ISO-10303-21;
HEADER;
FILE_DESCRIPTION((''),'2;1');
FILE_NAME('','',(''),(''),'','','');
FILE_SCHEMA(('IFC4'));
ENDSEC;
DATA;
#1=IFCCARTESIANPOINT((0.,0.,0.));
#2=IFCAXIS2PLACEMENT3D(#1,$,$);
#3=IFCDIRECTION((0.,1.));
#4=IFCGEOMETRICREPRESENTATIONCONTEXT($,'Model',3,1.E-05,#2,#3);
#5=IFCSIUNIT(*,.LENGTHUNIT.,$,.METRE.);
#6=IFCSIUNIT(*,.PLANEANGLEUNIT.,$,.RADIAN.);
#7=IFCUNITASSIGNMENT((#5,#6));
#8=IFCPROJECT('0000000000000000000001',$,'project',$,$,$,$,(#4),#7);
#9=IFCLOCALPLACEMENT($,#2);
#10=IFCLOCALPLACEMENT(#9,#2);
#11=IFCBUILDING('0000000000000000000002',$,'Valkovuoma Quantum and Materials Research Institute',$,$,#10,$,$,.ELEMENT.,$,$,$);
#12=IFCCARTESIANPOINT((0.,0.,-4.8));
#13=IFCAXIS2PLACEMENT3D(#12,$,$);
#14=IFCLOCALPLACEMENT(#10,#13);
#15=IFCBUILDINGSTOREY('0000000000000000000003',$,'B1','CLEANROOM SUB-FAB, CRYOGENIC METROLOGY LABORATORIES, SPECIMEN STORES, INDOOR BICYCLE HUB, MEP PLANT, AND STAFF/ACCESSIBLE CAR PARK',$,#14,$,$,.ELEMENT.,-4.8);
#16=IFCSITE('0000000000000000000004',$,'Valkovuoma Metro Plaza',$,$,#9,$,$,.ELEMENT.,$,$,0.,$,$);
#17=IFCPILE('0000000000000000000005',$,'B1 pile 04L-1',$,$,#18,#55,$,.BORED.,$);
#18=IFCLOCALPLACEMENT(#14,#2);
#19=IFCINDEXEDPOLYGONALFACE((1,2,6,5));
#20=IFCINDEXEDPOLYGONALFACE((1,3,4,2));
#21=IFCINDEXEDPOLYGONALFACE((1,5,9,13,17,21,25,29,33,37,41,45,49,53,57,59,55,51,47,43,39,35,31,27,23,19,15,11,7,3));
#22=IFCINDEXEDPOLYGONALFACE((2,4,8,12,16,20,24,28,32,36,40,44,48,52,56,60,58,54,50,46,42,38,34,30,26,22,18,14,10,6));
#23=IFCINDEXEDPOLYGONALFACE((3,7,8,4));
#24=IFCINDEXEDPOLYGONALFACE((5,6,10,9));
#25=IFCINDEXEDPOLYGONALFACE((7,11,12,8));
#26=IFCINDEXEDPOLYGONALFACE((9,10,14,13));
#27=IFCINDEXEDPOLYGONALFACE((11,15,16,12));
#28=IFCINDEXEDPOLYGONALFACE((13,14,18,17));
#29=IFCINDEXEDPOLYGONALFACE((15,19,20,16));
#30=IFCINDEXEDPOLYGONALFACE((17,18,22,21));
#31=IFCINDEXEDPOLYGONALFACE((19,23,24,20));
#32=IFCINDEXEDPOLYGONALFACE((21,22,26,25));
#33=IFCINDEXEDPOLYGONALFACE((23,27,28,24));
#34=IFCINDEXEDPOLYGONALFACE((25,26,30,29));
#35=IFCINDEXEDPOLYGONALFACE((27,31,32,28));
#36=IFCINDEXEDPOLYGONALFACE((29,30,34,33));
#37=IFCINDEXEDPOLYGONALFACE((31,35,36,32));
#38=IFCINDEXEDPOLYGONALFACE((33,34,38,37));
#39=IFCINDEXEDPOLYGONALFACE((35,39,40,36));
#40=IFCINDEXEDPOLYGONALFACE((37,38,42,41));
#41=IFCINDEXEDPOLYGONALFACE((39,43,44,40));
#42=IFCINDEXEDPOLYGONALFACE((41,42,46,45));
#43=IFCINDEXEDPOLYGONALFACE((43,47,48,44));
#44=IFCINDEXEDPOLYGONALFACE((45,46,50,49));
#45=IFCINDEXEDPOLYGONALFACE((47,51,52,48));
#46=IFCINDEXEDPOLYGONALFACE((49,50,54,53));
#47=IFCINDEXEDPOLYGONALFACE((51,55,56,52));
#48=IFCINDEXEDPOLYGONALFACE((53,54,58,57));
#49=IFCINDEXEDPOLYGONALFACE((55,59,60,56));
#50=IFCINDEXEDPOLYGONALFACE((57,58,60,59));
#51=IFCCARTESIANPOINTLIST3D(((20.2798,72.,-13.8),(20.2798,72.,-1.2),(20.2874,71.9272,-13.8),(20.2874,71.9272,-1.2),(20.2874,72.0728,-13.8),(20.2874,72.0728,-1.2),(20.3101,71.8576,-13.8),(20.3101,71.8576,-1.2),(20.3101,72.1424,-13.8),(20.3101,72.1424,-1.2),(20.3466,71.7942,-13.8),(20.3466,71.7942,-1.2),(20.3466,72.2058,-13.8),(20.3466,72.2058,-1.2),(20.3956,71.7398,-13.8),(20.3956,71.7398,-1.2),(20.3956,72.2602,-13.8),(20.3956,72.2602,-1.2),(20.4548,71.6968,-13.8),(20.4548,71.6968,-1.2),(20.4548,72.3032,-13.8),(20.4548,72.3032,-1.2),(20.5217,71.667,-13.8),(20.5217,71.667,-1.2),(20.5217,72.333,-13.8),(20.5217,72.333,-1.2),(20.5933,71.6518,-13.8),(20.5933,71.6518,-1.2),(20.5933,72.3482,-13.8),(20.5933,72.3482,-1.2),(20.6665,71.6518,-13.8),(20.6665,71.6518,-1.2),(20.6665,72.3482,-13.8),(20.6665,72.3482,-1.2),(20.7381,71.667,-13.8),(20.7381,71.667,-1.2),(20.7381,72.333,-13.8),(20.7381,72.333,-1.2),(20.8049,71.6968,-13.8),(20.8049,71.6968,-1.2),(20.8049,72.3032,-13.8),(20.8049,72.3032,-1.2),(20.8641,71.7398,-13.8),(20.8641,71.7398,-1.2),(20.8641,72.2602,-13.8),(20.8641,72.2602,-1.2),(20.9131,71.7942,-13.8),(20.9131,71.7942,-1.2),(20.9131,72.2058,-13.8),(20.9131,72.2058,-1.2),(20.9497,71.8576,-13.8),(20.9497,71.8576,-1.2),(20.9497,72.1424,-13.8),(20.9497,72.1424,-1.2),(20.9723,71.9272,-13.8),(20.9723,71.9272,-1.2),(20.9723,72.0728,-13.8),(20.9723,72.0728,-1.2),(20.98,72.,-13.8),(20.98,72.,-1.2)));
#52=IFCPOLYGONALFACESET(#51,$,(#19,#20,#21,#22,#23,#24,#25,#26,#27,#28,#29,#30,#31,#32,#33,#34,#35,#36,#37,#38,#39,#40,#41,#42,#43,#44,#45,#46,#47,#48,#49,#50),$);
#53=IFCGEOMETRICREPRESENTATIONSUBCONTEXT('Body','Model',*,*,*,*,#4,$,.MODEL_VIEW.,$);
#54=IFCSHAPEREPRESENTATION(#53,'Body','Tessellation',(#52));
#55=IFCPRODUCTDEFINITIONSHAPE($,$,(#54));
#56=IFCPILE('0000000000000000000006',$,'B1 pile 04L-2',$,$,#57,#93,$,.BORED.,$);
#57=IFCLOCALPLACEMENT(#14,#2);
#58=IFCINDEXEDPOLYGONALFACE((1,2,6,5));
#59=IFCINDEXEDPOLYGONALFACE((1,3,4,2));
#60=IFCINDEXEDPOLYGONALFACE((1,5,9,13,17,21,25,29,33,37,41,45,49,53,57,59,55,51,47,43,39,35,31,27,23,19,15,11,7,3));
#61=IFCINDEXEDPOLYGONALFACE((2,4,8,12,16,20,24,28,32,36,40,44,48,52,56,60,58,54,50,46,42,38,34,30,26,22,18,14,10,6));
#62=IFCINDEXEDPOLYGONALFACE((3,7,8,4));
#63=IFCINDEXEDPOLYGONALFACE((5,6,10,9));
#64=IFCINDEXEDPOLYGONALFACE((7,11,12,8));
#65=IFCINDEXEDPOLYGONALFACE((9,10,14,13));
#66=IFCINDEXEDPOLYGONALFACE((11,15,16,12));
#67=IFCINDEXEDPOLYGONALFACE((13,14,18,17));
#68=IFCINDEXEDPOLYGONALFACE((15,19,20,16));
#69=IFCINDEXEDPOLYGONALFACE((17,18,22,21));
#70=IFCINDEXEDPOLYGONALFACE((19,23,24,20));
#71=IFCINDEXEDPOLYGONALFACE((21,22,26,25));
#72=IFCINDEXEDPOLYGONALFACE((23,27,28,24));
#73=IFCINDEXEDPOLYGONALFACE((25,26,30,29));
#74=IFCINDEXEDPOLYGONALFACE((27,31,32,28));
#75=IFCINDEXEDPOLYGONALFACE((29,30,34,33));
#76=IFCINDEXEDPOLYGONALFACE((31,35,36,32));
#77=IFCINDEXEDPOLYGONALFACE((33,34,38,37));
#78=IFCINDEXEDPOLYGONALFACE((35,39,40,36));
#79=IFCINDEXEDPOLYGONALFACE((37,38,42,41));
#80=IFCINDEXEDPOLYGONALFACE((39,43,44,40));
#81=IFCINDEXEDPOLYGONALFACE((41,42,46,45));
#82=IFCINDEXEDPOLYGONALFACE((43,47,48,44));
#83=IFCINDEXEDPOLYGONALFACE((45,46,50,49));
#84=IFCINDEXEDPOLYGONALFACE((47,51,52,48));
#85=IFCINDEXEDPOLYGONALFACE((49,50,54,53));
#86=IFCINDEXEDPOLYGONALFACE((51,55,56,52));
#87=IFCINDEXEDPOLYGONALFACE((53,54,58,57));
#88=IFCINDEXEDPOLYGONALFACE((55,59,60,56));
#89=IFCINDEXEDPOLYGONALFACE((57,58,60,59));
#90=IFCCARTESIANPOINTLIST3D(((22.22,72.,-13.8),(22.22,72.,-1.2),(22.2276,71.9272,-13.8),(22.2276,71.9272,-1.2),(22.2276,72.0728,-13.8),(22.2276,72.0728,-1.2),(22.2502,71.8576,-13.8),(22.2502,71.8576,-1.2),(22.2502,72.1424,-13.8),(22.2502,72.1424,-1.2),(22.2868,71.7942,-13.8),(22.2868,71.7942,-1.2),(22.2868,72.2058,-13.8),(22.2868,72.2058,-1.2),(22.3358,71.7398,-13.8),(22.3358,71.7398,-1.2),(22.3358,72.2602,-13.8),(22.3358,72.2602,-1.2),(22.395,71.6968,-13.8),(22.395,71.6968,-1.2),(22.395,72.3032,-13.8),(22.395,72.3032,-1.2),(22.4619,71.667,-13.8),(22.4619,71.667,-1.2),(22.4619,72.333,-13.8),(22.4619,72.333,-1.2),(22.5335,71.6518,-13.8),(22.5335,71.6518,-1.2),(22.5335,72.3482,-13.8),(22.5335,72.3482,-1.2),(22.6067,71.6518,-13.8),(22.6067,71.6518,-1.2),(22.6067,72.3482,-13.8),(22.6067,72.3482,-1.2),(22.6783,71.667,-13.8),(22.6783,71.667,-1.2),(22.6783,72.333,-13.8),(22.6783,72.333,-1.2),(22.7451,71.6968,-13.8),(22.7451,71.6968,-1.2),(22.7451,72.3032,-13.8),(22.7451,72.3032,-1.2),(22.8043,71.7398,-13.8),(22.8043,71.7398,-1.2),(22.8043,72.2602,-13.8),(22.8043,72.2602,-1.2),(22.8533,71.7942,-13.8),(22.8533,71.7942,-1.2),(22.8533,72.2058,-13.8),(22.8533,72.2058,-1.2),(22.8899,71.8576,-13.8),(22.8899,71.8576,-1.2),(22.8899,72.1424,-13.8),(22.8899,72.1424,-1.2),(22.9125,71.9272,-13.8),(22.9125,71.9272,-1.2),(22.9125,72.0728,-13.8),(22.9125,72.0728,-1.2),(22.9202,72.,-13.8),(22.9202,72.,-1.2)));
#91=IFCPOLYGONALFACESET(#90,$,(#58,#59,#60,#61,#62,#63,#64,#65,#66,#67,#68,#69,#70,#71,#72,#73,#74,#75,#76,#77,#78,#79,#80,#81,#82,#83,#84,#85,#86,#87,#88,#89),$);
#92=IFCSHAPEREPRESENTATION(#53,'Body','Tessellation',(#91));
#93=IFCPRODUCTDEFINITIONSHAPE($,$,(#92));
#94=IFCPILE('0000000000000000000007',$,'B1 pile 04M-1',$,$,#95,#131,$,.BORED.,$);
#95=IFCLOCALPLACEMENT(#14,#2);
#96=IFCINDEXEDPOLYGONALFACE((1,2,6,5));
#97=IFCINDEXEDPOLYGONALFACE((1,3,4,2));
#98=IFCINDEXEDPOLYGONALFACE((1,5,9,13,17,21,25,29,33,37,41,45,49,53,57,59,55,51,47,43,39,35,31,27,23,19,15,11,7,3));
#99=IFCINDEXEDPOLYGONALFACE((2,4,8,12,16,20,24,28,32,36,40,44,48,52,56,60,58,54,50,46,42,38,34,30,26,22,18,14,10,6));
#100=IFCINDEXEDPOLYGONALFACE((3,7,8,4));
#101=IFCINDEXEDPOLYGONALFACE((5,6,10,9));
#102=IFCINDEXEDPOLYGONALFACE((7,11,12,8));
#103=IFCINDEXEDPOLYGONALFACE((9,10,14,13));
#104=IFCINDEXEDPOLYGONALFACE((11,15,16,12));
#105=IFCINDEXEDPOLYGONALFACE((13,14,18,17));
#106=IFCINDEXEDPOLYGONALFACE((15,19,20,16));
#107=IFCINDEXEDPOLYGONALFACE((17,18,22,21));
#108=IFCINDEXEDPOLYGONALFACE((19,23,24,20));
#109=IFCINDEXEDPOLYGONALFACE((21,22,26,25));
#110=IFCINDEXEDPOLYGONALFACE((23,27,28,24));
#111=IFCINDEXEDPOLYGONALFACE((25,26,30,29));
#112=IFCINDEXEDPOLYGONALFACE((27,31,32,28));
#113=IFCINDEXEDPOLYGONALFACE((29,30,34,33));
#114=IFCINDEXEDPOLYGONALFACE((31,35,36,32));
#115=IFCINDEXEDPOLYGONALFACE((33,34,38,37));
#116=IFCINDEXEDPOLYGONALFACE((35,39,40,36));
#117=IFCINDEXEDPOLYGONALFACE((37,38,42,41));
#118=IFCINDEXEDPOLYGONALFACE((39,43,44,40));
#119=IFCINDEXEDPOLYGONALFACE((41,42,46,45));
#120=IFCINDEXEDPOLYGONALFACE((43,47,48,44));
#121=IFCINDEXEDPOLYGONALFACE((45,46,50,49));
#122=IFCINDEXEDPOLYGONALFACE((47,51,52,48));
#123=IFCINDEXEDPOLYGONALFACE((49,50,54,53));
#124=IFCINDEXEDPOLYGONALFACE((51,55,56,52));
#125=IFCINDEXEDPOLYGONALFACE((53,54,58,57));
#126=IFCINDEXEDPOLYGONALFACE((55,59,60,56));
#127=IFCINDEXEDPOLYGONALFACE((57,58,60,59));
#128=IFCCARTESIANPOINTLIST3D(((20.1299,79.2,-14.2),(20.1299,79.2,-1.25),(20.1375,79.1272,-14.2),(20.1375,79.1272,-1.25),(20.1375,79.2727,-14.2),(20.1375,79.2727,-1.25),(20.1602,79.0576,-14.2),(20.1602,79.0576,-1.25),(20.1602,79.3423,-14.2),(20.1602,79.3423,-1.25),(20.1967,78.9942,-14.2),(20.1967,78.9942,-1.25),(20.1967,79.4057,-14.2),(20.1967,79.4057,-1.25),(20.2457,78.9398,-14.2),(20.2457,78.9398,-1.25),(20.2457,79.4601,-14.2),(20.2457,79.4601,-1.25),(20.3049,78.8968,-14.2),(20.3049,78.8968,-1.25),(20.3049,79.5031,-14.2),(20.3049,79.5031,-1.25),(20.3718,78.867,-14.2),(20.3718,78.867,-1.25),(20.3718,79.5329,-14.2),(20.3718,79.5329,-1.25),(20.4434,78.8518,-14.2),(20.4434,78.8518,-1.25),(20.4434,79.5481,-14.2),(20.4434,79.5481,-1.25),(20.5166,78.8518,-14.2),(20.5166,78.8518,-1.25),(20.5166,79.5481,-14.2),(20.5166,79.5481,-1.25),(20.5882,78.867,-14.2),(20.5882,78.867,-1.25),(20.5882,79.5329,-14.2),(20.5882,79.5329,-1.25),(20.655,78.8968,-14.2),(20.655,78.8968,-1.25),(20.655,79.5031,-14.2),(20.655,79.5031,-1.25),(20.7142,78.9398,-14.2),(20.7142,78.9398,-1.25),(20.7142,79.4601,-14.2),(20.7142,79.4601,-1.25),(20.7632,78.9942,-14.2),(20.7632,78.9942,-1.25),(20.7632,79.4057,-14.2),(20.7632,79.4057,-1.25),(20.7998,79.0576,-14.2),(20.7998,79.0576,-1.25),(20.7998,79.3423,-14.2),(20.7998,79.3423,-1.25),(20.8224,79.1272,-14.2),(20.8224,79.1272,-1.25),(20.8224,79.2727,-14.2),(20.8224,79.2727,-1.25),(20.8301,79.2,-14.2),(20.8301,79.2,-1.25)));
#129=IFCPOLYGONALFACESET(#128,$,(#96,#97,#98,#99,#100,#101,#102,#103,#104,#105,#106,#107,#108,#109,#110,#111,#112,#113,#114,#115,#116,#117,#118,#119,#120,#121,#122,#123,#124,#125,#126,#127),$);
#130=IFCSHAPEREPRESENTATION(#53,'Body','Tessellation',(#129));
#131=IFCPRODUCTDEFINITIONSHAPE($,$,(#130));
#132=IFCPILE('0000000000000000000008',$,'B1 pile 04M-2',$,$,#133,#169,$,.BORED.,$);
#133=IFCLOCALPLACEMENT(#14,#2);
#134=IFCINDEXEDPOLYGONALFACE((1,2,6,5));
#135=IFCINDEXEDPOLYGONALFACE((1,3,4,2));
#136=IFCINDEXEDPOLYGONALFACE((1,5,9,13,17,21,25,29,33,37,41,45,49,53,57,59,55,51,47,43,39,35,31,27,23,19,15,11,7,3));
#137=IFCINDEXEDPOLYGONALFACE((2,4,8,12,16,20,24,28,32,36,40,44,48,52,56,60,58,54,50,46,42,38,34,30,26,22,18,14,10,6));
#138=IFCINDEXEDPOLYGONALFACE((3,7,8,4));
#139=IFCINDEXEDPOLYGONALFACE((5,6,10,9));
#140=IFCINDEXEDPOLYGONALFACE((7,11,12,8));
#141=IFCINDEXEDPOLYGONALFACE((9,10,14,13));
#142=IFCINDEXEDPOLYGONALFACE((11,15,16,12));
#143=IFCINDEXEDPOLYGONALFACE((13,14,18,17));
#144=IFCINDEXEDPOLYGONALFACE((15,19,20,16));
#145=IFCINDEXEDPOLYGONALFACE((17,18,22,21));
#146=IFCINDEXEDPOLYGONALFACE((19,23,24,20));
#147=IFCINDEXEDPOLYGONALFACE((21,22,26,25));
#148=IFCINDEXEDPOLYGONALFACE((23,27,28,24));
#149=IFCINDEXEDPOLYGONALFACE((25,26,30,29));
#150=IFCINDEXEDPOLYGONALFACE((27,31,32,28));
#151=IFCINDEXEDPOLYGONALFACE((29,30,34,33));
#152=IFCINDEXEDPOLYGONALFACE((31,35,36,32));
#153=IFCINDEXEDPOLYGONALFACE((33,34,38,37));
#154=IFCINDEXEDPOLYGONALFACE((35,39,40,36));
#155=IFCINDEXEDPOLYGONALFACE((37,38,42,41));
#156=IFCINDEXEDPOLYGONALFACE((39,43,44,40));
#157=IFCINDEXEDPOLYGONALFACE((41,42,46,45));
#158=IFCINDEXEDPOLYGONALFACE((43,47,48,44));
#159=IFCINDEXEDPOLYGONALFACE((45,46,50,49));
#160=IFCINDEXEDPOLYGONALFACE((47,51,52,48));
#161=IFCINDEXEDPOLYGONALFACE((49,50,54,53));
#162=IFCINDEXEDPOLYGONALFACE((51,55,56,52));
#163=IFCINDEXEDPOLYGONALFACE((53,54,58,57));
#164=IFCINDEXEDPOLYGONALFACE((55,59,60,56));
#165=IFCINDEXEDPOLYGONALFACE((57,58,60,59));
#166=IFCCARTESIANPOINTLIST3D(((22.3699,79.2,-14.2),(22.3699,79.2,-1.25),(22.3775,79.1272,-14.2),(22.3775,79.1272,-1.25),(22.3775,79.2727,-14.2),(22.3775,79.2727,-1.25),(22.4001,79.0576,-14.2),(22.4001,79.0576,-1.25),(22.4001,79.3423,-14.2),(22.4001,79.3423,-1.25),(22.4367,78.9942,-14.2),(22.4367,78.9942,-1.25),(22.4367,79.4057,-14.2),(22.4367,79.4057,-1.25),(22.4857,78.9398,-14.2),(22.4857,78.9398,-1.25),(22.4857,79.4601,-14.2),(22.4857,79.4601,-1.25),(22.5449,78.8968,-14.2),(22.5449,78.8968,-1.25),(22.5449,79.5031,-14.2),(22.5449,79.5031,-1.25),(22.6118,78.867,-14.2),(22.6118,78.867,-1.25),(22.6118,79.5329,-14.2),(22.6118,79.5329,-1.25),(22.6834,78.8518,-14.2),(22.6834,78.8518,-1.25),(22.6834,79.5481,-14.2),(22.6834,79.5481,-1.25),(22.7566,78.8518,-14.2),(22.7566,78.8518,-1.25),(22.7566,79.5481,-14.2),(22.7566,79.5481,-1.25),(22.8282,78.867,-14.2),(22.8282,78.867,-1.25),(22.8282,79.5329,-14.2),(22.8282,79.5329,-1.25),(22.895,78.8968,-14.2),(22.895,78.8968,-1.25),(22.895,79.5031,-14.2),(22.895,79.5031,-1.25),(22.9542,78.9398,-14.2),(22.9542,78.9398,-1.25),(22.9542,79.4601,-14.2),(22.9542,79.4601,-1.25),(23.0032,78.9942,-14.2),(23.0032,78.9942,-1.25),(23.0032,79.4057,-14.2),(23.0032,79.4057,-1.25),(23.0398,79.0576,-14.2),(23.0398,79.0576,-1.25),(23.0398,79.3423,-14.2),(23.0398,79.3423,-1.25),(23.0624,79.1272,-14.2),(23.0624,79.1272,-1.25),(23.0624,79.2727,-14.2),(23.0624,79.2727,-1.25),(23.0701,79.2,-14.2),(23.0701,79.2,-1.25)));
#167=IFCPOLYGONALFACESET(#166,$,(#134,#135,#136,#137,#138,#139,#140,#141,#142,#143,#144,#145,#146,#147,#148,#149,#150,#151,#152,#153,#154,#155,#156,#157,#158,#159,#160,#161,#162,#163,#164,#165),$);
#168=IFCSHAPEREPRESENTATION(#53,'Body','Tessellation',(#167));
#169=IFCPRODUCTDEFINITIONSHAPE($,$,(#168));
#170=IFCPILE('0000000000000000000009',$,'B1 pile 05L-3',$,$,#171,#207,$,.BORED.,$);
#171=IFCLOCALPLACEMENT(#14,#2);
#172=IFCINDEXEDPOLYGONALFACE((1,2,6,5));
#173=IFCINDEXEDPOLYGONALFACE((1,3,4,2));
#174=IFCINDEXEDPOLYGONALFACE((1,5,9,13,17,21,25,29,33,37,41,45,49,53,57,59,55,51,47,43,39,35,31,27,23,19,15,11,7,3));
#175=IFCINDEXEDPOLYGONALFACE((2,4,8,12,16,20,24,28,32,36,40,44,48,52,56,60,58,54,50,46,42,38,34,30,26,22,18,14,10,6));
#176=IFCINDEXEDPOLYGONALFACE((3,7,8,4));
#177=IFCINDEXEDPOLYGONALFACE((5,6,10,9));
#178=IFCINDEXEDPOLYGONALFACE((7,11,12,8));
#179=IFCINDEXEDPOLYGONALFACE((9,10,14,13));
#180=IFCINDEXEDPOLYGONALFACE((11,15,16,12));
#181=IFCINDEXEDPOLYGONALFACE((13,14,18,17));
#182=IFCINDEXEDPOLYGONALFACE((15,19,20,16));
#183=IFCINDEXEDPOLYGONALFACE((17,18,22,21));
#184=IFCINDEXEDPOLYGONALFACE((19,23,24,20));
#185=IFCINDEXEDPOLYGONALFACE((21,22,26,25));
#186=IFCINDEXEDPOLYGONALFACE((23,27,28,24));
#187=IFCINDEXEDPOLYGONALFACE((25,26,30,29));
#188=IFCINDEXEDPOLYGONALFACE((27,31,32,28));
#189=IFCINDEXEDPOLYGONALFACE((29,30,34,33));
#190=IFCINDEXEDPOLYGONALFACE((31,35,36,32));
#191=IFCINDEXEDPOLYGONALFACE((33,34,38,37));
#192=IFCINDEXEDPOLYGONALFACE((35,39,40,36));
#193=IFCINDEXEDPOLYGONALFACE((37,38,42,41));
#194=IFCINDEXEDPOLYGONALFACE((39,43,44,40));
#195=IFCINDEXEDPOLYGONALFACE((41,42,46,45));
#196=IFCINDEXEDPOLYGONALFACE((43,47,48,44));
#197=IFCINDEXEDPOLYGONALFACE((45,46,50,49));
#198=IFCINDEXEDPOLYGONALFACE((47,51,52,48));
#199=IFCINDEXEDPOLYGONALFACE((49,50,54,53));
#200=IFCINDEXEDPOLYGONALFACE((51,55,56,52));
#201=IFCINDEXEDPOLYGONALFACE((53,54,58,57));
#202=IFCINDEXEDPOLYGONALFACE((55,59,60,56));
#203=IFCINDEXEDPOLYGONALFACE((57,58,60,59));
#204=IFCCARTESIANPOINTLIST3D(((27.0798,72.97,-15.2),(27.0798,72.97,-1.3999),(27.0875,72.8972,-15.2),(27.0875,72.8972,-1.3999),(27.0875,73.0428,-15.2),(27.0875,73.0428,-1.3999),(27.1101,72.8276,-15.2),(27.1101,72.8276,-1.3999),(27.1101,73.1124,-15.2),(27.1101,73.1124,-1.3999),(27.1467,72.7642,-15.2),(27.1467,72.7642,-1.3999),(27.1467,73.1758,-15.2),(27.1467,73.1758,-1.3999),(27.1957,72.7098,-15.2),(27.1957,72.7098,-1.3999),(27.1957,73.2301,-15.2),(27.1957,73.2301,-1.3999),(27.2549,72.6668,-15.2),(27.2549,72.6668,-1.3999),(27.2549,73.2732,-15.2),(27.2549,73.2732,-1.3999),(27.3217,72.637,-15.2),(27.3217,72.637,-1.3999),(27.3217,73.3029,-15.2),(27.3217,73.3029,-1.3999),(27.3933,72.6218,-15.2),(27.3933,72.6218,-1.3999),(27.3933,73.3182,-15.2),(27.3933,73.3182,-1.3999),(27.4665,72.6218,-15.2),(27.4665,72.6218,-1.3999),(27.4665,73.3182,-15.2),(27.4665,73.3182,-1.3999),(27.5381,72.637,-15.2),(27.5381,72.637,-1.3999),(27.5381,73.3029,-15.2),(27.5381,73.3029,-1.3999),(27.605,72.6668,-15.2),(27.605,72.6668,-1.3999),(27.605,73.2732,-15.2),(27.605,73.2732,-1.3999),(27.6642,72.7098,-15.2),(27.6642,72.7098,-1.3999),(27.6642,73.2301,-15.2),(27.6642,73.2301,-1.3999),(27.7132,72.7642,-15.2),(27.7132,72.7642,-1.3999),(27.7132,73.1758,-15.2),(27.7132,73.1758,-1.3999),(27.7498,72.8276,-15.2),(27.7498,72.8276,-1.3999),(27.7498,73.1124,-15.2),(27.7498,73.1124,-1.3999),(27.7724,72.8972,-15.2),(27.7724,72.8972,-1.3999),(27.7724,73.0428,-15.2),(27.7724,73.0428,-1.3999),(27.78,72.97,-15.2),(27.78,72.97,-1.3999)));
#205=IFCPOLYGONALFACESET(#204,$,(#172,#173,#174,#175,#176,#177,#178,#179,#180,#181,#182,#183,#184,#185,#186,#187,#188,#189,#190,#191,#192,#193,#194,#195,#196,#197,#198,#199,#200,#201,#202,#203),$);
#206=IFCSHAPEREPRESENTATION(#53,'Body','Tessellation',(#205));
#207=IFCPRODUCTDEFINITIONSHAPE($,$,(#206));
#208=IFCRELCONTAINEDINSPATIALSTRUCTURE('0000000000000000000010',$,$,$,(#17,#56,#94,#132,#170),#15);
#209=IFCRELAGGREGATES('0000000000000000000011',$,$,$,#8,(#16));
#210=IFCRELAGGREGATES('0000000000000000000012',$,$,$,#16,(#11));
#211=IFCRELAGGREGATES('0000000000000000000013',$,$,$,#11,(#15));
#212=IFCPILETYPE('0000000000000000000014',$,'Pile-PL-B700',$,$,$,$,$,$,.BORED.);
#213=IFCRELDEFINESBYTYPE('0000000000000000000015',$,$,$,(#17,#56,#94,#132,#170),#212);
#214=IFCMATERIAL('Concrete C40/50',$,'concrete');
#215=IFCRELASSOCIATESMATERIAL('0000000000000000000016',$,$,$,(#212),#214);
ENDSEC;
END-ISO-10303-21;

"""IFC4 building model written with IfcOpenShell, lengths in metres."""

from ifc_helpers import new_model, si_unit, direction, frame, origin, origin_2d, place, context, subcontext, project, spatial, circle, extrude, material, material_profile, profile_set, type_object, element, save


model = new_model("IFC4")

# Units and contexts
model_context = context("Model", 3, precision=1e-05, world=origin(), true_north=direction((0.0, 1.0)))
body_context = subcontext(model_context, "Body", "Model", "MODEL_VIEW")
ifc_project = project(units=[si_unit("LENGTHUNIT", "METRE"), si_unit("PLANEANGLEUNIT", "RADIAN")], contexts=[model_context])

# Site, building, storey
site_placement = place(None, origin())
site = spatial("IfcSite", under=ifc_project, at=site_placement, Name="Valkovuoma Metro Plaza", CompositionType="ELEMENT", RefElevation=0.0)
building_placement = place(site_placement, origin())
building = spatial("IfcBuilding", under=site, at=building_placement, Name="Valkovuoma Quantum and Materials Research Institute", CompositionType="ELEMENT")
storey_placement = place(building_placement, frame((0.0, 0.0, -4.8)))
storey = spatial("IfcBuildingStorey", under=building, at=storey_placement, Name="B1", Description="CLEANROOM SUB-FAB, CRYOGENIC METROLOGY LABORATORIES, SPECIMEN STORES, INDOOR BICYCLE HUB, MEP PLANT, AND STAFF/ACCESSIBLE CAR PARK", CompositionType="ELEMENT", Elevation=-4.8)

# Piles
ifc_material_1 = material(Name="Concrete C40/50", Category="concrete")
ifc_material_profile_1 = material_profile(ifc_material_1, circle(Radius=0.3501, at=origin_2d()), Name="Concrete C40/50")
ifc_profile_set_1 = profile_set([ifc_material_profile_1], Name="Concrete C40/50")
pile_type_1 = type_object("IfcPileType", Name="Pile-PL-B700", PredefinedType="BORED", material=ifc_profile_set_1)
for number, where, z_axis, x_axis, name in (
    (1, (20.6299, 72.0, -1.2), (0.0, 0.0, -1.0), (1.0, 0.0, 0.0), "B1 pile 04L-1"),
    (2, (22.5701, 72.0, -1.2), (0.0, 0.0, -1.0), (1.0, 0.0, 0.0), "B1 pile 04L-2"),
):
    element("IfcPile", number, at=place(storey_placement, frame(where, z_axis=z_axis, x_axis=x_axis)), inside=storey, type_object=pile_type_1, Name=name, PredefinedType="BORED", context=body_context, shape_type="SweptSolid", body=[
        extrude(circle(Radius=0.3501, at=origin_2d()), origin(), (0.0, 0.0, 1.0), 12.6001),
    ])
for number, where, z_axis, x_axis, name in (
    (3, (20.48, 79.2, -1.25), (0.0, 0.0, -1.0), (1.0, 0.0, 0.0), "B1 pile 04M-1"),
    (4, (22.72, 79.2, -1.25), (0.0, 0.0, -1.0), (1.0, 0.0, 0.0), "B1 pile 04M-2"),
):
    element("IfcPile", number, at=place(storey_placement, frame(where, z_axis=z_axis, x_axis=x_axis)), inside=storey, type_object=pile_type_1, Name=name, PredefinedType="BORED", context=body_context, shape_type="SweptSolid", body=[
        extrude(circle(Radius=0.3501, at=origin_2d()), origin(), (0.0, 0.0, 1.0), 12.95),
    ])
pile_placement = place(storey_placement, frame((27.4299, 72.97, -1.3999), z_axis=(0.0, 0.0, -1.0), x_axis=(1.0, 0.0, 0.0)))
element("IfcPile", 5, at=pile_placement, inside=storey, type_object=pile_type_1, Name="B1 pile 05L-3", PredefinedType="BORED", context=body_context, shape_type="SweptSolid", body=[
    extrude(circle(Radius=0.3501, at=origin_2d()), origin(), (0.0, 0.0, 1.0), 13.8),
])

save(model, "model.ifc")
